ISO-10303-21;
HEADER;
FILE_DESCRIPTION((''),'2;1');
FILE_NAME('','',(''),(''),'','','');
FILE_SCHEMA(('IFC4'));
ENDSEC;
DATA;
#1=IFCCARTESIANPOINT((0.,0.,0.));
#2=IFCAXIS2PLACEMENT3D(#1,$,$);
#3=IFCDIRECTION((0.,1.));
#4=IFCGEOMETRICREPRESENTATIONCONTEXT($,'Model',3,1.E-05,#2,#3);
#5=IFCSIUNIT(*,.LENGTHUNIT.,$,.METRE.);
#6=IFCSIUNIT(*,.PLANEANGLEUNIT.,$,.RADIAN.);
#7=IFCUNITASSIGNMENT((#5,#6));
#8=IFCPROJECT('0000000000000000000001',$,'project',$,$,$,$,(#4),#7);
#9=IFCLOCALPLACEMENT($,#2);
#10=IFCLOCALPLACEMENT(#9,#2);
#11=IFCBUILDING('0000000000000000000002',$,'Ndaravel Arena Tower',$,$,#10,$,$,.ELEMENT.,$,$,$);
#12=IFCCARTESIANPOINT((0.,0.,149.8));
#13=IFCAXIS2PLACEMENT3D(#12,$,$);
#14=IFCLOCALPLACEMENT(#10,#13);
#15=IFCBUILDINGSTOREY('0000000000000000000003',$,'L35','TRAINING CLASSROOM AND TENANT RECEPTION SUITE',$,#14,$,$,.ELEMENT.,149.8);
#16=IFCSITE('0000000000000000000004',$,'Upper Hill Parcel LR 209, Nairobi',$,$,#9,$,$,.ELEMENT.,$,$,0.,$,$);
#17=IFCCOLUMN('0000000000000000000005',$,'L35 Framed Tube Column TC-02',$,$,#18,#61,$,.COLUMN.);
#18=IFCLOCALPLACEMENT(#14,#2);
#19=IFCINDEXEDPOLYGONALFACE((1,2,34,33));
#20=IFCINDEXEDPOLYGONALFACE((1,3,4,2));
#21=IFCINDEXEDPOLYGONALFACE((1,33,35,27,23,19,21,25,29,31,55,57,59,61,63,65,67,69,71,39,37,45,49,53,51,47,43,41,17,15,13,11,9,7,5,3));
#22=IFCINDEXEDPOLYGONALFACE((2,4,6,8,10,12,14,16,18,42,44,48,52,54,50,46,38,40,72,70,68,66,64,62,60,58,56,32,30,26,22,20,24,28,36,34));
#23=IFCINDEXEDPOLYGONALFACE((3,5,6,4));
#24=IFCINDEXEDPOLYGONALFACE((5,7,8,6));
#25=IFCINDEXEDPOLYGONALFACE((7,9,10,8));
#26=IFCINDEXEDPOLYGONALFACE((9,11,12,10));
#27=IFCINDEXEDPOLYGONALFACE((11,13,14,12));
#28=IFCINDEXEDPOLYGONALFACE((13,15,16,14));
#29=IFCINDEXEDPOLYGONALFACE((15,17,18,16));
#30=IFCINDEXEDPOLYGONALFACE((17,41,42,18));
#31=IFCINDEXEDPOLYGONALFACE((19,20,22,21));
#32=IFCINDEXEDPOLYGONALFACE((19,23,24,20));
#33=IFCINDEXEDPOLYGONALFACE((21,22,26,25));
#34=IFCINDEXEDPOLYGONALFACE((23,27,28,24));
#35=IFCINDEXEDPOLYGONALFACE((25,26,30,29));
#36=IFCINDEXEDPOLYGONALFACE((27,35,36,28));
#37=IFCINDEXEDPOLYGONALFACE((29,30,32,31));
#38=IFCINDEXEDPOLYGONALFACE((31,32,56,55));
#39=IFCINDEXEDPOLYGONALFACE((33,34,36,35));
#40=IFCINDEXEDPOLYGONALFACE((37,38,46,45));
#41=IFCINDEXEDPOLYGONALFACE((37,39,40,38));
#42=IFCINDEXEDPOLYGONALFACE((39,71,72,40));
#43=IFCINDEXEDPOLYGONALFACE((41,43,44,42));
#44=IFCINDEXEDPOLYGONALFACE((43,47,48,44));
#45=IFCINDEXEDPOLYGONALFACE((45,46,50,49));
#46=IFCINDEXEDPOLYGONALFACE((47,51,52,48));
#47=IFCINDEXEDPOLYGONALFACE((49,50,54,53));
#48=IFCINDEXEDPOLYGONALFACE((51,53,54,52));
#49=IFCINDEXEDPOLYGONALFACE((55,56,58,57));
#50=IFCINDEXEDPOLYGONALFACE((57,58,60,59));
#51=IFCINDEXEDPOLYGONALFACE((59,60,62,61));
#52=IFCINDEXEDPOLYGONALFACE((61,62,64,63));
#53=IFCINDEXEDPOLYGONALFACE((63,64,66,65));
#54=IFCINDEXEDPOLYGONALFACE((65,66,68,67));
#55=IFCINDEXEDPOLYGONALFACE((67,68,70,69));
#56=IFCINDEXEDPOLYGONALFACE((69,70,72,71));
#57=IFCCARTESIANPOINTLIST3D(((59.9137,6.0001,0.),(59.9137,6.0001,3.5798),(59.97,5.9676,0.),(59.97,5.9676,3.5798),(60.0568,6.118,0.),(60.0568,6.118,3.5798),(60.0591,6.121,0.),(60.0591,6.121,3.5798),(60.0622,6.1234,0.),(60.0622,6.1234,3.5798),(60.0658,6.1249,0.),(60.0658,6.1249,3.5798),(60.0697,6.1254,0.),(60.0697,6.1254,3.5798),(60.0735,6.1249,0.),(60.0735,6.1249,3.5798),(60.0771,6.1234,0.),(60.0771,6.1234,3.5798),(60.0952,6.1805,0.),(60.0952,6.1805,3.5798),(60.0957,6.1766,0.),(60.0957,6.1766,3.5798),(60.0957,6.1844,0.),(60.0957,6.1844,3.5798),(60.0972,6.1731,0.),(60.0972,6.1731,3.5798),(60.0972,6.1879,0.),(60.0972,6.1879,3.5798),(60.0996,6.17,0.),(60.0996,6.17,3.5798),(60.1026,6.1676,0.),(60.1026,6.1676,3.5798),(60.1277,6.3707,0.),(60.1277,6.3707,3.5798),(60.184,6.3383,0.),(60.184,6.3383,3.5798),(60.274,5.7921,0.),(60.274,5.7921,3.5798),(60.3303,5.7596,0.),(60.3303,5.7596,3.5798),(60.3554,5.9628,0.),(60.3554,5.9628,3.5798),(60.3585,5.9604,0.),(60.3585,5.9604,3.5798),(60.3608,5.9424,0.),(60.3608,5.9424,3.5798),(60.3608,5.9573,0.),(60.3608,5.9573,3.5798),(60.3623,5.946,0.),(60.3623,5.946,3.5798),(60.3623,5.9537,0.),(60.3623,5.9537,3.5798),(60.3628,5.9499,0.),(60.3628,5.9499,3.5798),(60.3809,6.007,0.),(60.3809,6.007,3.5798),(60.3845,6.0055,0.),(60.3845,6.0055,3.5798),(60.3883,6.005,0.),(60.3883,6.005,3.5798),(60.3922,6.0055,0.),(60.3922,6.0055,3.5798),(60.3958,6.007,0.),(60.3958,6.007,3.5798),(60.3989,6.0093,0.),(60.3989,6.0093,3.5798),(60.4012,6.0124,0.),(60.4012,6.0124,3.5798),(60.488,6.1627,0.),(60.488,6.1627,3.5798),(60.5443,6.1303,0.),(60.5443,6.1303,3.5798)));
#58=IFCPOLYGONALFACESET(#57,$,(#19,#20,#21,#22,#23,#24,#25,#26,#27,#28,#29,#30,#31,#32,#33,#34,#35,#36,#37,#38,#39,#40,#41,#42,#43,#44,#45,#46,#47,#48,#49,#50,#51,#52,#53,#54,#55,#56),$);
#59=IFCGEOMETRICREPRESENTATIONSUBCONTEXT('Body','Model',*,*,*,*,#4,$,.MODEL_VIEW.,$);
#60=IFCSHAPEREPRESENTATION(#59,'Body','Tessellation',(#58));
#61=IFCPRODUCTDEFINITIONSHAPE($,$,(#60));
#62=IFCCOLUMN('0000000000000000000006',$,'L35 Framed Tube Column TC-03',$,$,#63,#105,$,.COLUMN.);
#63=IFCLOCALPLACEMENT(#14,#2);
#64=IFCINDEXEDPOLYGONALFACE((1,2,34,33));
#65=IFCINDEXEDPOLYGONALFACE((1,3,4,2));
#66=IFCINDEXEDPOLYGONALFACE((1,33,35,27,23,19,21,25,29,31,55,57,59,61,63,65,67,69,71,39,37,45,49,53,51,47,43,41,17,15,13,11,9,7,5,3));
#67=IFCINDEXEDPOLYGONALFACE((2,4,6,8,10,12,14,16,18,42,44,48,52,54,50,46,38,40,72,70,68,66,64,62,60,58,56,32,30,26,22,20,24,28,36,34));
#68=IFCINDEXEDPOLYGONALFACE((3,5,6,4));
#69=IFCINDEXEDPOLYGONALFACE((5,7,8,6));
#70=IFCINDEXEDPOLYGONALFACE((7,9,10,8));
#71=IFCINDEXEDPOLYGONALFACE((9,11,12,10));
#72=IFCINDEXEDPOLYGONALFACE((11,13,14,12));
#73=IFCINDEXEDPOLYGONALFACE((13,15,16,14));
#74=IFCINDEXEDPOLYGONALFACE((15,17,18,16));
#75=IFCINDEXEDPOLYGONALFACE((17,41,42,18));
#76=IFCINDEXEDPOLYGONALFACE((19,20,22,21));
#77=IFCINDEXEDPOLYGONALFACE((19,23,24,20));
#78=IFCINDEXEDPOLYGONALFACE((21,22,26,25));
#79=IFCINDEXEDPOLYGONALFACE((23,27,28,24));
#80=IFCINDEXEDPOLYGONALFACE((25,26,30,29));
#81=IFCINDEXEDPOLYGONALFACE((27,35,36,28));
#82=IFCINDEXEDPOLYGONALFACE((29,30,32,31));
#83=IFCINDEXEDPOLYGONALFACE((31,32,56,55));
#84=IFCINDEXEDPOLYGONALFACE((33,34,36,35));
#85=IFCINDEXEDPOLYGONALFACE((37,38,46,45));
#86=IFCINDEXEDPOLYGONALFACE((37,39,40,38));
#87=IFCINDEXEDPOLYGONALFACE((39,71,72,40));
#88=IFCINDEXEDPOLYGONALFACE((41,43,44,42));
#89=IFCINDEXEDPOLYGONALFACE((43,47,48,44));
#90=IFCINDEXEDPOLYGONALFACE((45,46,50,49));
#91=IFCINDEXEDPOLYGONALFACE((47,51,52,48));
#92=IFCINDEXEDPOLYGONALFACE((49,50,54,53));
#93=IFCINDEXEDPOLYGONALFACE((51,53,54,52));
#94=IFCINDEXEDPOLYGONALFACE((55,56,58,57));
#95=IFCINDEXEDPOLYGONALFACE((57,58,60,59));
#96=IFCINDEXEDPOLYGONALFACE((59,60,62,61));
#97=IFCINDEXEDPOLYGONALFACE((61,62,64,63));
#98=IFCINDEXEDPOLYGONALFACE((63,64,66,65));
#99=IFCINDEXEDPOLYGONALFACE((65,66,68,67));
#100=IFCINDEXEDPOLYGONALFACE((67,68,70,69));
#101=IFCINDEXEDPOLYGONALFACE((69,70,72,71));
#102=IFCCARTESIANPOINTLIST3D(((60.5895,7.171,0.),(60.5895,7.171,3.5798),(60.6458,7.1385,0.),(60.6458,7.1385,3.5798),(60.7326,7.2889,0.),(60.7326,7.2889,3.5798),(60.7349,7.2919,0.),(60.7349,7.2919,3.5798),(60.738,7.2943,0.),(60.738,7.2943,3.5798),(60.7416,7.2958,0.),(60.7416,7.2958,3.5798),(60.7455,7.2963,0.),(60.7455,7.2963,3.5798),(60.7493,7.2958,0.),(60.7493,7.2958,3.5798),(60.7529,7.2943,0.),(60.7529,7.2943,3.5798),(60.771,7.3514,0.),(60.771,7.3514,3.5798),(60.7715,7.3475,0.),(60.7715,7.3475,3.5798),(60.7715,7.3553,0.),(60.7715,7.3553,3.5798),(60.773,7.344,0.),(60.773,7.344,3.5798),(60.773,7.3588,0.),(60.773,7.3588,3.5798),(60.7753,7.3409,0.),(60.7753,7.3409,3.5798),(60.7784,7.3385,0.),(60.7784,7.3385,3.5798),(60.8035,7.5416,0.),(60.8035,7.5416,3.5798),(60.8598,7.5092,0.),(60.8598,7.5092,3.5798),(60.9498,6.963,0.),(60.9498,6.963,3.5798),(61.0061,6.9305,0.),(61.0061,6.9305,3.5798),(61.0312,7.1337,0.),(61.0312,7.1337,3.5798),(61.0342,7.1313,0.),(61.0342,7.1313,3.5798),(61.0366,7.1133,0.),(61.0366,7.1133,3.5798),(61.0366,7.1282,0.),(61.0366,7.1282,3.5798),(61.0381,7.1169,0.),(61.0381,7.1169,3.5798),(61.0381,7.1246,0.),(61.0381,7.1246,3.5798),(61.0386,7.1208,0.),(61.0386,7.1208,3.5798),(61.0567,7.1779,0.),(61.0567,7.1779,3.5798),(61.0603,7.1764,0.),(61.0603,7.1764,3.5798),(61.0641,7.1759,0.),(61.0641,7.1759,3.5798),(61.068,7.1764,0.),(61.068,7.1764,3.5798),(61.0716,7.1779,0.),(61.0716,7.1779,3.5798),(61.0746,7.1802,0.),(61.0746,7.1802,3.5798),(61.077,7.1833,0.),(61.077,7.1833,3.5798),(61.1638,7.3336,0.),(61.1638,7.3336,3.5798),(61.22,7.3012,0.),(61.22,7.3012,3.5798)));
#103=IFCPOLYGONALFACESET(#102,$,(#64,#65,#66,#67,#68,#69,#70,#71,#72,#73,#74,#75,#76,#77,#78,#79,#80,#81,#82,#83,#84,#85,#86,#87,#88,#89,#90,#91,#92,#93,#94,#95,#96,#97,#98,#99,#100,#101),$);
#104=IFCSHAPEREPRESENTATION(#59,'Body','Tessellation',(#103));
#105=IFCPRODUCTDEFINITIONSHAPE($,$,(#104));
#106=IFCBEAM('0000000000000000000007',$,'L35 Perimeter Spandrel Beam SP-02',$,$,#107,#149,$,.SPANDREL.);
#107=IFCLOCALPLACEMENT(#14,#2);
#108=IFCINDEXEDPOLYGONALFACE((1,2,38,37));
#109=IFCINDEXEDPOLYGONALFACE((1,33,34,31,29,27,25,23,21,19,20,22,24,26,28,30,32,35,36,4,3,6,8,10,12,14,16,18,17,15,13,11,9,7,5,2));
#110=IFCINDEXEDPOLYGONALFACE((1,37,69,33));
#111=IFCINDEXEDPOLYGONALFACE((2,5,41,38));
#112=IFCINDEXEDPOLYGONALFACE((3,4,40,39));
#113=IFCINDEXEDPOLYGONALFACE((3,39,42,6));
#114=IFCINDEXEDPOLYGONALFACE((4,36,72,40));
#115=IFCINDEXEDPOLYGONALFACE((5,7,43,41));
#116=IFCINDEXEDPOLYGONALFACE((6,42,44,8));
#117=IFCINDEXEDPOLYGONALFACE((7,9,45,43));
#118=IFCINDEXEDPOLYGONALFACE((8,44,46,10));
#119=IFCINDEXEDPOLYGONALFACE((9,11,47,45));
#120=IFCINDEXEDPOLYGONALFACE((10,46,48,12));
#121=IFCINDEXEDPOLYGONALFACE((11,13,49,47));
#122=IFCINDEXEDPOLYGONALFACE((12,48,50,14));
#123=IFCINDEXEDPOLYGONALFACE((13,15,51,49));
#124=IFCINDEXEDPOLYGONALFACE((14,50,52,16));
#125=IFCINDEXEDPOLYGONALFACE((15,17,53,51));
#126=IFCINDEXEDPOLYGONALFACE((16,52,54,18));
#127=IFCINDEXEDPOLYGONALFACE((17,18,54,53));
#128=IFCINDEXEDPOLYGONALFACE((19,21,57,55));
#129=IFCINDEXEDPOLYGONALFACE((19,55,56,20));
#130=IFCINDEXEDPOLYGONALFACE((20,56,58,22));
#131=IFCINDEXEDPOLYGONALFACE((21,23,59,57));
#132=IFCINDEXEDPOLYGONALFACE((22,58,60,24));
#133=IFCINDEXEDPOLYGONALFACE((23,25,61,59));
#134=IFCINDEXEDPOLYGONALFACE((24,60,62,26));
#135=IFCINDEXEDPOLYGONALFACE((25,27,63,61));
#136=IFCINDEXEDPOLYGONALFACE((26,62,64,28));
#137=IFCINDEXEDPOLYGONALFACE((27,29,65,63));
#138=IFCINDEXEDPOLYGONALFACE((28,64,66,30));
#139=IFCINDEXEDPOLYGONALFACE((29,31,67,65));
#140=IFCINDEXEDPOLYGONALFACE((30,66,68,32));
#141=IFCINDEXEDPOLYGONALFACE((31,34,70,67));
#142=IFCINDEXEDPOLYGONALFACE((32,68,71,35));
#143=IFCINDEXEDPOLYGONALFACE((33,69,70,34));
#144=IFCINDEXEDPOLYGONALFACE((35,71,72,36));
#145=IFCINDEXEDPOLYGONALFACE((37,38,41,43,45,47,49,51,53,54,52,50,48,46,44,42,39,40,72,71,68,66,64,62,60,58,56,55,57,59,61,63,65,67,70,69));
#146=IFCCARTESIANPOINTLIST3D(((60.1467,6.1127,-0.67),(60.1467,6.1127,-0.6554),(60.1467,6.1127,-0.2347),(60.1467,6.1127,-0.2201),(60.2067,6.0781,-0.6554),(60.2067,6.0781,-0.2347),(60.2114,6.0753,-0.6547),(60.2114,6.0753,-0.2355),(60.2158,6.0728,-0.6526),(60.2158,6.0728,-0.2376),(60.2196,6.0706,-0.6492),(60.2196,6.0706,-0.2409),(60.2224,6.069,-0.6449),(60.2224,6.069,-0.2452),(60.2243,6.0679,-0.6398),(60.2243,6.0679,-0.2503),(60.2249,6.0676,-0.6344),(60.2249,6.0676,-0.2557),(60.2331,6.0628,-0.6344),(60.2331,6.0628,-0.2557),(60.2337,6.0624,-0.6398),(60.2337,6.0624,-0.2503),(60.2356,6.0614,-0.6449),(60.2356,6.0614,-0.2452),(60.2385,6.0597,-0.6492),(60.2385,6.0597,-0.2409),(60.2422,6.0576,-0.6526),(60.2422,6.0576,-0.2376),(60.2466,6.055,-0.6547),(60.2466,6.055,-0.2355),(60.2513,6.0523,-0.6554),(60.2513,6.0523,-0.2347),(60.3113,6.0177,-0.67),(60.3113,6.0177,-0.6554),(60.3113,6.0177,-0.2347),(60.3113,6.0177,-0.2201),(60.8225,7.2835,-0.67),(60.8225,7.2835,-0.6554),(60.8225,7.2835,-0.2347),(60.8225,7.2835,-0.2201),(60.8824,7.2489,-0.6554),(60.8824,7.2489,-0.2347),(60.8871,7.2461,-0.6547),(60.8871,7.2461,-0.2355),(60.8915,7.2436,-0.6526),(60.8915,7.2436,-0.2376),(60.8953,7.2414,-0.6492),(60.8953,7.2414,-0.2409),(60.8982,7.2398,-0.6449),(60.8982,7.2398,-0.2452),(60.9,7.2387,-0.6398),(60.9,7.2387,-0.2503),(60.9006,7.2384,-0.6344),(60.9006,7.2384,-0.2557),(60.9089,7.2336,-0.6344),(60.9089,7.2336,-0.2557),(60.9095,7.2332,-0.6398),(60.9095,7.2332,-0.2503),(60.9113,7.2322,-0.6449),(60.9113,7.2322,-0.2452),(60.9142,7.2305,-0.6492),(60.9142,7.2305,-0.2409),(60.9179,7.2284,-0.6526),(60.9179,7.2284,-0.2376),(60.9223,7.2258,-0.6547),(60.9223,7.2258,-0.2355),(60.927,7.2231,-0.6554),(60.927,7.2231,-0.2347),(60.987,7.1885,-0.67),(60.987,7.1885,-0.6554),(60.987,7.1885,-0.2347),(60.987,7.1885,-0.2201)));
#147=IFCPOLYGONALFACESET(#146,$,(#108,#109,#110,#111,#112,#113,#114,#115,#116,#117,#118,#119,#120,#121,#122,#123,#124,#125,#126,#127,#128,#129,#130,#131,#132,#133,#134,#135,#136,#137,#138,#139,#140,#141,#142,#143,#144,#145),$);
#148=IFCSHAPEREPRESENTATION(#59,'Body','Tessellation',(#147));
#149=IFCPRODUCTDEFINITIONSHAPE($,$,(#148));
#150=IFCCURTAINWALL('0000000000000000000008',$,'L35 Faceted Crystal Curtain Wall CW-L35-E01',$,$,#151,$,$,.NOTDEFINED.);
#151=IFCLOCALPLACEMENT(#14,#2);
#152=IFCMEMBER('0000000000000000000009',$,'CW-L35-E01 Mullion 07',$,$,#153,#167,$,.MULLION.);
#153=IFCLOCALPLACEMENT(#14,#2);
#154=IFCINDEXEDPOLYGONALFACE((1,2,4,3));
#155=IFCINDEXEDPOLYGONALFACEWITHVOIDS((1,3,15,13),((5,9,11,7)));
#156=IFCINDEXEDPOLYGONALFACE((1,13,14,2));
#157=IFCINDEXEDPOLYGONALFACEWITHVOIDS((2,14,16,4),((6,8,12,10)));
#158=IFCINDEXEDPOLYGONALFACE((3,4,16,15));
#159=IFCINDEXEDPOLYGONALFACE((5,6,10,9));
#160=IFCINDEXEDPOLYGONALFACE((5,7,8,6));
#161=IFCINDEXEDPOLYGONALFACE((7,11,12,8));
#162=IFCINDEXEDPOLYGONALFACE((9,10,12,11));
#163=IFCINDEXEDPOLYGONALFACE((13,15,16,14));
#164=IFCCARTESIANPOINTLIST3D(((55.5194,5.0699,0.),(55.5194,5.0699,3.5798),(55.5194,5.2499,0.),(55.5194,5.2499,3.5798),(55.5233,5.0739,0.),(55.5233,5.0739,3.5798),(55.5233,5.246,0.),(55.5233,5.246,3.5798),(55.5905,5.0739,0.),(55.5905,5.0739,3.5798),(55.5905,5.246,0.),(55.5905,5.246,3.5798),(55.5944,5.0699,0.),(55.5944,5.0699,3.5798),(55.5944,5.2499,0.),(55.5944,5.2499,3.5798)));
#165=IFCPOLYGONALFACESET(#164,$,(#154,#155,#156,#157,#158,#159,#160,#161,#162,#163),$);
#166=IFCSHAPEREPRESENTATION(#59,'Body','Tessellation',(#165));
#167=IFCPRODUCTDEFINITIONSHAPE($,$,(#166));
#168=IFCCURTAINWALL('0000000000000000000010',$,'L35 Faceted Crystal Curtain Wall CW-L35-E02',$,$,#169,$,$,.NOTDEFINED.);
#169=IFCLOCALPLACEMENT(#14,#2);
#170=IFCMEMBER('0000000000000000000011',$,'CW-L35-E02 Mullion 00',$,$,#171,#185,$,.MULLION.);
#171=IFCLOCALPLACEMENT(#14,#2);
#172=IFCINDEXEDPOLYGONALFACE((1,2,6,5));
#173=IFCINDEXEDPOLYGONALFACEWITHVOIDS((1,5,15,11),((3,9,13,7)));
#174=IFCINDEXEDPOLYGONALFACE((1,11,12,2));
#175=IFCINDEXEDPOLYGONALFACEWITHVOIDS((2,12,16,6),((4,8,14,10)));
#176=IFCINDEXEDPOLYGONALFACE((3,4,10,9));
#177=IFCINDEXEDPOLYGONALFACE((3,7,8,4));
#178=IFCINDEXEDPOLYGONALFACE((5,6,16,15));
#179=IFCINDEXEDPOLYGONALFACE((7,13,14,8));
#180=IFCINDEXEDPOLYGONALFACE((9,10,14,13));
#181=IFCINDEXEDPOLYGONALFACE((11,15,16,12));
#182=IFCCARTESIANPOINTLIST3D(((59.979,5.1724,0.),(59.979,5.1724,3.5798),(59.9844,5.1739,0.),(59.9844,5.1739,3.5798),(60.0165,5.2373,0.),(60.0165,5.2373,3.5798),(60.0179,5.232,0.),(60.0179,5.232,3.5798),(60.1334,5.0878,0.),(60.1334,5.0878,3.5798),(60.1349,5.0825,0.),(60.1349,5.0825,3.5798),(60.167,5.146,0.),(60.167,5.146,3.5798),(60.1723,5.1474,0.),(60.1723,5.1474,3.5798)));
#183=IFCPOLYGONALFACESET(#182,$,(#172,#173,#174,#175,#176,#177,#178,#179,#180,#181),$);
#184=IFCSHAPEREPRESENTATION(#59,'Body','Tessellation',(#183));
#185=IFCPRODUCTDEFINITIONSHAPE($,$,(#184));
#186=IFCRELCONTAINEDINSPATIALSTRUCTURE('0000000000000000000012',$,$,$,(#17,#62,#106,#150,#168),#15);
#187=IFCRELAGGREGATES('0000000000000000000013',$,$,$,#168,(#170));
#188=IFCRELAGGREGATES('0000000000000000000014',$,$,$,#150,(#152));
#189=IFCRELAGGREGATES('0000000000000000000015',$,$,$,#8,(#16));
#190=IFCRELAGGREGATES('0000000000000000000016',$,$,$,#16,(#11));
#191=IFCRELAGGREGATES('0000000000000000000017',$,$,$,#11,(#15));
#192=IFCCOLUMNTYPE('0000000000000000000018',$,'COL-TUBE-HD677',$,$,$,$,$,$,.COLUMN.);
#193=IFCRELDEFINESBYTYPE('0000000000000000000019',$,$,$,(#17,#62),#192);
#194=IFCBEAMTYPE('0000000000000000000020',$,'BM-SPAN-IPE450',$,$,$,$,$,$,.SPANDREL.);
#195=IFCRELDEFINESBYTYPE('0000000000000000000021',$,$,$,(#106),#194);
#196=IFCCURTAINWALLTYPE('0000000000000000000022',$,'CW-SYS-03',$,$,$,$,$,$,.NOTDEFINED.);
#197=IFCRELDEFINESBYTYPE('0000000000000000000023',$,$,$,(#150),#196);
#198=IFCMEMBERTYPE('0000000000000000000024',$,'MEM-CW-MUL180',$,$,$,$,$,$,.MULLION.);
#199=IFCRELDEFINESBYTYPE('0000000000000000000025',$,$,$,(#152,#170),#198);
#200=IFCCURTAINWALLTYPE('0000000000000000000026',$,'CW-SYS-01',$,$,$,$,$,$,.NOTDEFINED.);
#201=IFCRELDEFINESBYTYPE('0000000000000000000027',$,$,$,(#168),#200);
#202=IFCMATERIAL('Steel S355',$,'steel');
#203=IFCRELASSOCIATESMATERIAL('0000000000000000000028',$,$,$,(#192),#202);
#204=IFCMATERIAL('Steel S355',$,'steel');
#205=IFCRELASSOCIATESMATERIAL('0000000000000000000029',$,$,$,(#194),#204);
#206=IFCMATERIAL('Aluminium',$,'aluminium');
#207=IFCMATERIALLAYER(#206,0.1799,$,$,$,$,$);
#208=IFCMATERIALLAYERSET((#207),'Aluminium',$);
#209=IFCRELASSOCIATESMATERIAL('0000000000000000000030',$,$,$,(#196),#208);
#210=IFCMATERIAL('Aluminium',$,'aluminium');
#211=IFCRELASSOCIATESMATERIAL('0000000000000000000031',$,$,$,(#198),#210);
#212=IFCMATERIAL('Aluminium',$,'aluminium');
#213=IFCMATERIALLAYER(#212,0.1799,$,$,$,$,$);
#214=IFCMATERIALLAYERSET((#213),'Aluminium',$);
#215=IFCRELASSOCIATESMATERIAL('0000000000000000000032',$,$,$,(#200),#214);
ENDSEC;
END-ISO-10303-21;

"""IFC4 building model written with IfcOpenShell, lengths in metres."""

from ifc_helpers import new_model, si_unit, direction, frame, origin, origin_2d, place, context, subcontext, project, spatial, hollow_rectangle, i_section, extrude, material, layer, layer_set, material_profile, profile_set, type_object, element, aggregate, save


model = new_model("IFC4")

# Units and contexts
model_context = context("Model", 3, precision=1e-05, world=origin(), true_north=direction((0.0, 1.0)))
body_context = subcontext(model_context, "Body", "Model", "MODEL_VIEW")
ifc_project = project(units=[si_unit("LENGTHUNIT", "METRE"), si_unit("PLANEANGLEUNIT", "RADIAN")], contexts=[model_context])

# Site, building, storey
site_placement = place(None, origin())
site = spatial("IfcSite", under=ifc_project, at=site_placement, Name="Upper Hill Parcel LR 209, Nairobi", CompositionType="ELEMENT", RefElevation=0.0)
building_placement = place(site_placement, origin())
building = spatial("IfcBuilding", under=site, at=building_placement, Name="Ndaravel Arena Tower", CompositionType="ELEMENT")
storey_placement = place(building_placement, frame((0.0, 0.0, 149.8)))
storey = spatial("IfcBuildingStorey", under=building, at=storey_placement, Name="L35", Description="TRAINING CLASSROOM AND TENANT RECEPTION SUITE", CompositionType="ELEMENT", Elevation=149.8)

# Columns
ifc_material_1 = material(Name="Steel S355", Category="steel")
ifc_material_profile_1 = material_profile(ifc_material_1, i_section(OverallWidth=0.428, OverallDepth=0.481, WebThickness=0.051, FlangeThickness=0.0649, FilletRadius=0.0149, at=origin_2d()), Name="HD 400x677")
ifc_profile_set_1 = profile_set([ifc_material_profile_1], Name="Steel S355")
column_type = type_object("IfcColumnType", Name="COL-TUBE-HD677", PredefinedType="COLUMN", material=ifc_profile_set_1)
for number, where, z_axis, x_axis, name in (
    (1, (60.229, 6.0652, 0.0), (0.0, 0.0, 1.0), (0.5, 0.866025, 0.0), "L35 Framed Tube Column TC-02"),
    (2, (60.9048, 7.2361, 0.0), (0.0, 0.0, 1.0), (0.5, 0.866025, 0.0), "L35 Framed Tube Column TC-03"),
):
    element("IfcColumn", number, at=place(storey_placement, frame(where, z_axis=z_axis, x_axis=x_axis)), inside=storey, type_object=column_type, Name=name, PredefinedType="COLUMN", context=body_context, shape_type="SweptSolid", body=[
        extrude(i_section(OverallWidth=0.428, OverallDepth=0.481, WebThickness=0.051, FlangeThickness=0.0649, FilletRadius=0.0149, at=origin_2d()), origin(), (0.0, 0.0, 1.0), 3.5798),
    ])

# Beam
ifc_material_2 = material(Name="Steel S355", Category="steel")
ifc_material_profile_2 = material_profile(ifc_material_2, i_section(OverallWidth=0.1899, OverallDepth=0.45, WebThickness=0.0095, FlangeThickness=0.0146, FilletRadius=0.021, at=origin_2d()), Name="IPE 450")
ifc_profile_set_2 = profile_set([ifc_material_profile_2], Name="Steel S355")
beam_type = type_object("IfcBeamType", Name="BM-SPAN-IPE450", PredefinedType="SPANDREL", material=ifc_profile_set_2)
beam_placement = place(storey_placement, frame((60.229, 6.0652, -0.4451), z_axis=(0.499868, 0.866101, 0.0), x_axis=(-0.866101, 0.499868, 0.0)))
element("IfcBeam", 3, at=beam_placement, inside=storey, type_object=beam_type, Name="L35 Perimeter Spandrel Beam SP-02", PredefinedType="SPANDREL", context=body_context, shape_type="SweptSolid", body=[
    extrude(i_section(OverallWidth=0.1899, OverallDepth=0.45, WebThickness=0.0095, FlangeThickness=0.0146, FilletRadius=0.021, at=origin_2d()), origin(), (0.0, 0.0, 1.0), 1.3518),
])

# Curtain wall, member
ifc_material_3 = material(Name="Aluminium", Category="aluminium")
ifc_layer_1 = layer(ifc_material_3, 0.1799)
ifc_layer_set_1 = layer_set([ifc_layer_1], Name="Aluminium")
curtain_wall_type_1 = type_object("IfcCurtainWallType", Name="CW-SYS-03", PredefinedType="NOTDEFINED", material=ifc_layer_set_1)
curtain_wall_1_placement = place(storey_placement, origin())
curtain_wall_1 = element("IfcCurtainWall", 4, at=curtain_wall_1_placement, inside=storey, type_object=curtain_wall_type_1, Name="L35 Faceted Crystal Curtain Wall CW-L35-E01", PredefinedType="NOTDEFINED")
ifc_material_4 = material(Name="Aluminium", Category="aluminium")
ifc_material_profile_3 = material_profile(ifc_material_4, hollow_rectangle(XDim=0.075, YDim=0.1799, WallThickness=0.0039, at=origin_2d()), Name="CW MULLION 75x180x4")
ifc_profile_set_3 = profile_set([ifc_material_profile_3], Name="Aluminium")
member_type_1 = type_object("IfcMemberType", Name="MEM-CW-MUL180", PredefinedType="MULLION", material=ifc_profile_set_3)
member_1_placement = place(storey_placement, frame((55.5569, 5.1599, 0.0), z_axis=(0.0, 0.0, 1.0), x_axis=(1.0, 0.0, 0.0)))
member_1 = element("IfcMember", 5, at=member_1_placement, type_object=member_type_1, Name="CW-L35-E01 Mullion 07", PredefinedType="MULLION", context=body_context, shape_type="SweptSolid", body=[
    extrude(hollow_rectangle(XDim=0.075, YDim=0.1799, WallThickness=0.0039, at=origin_2d()), origin(), (0.0, 0.0, 1.0), 3.5798),
])

# Curtain wall, member
ifc_material_5 = material(Name="Aluminium", Category="aluminium")
ifc_layer_2 = layer(ifc_material_5, 0.1799)
ifc_layer_set_2 = layer_set([ifc_layer_2], Name="Aluminium")
curtain_wall_type_2 = type_object("IfcCurtainWallType", Name="CW-SYS-01", PredefinedType="NOTDEFINED", material=ifc_layer_set_2)
curtain_wall_2_placement = place(storey_placement, origin())
curtain_wall_2 = element("IfcCurtainWall", 6, at=curtain_wall_2_placement, inside=storey, type_object=curtain_wall_type_2, Name="L35 Faceted Crystal Curtain Wall CW-L35-E02", PredefinedType="NOTDEFINED")
member_2_placement = place(storey_placement, frame((60.0757, 5.1599, 0.0), z_axis=(0.0, 0.0, 1.0), x_axis=(0.5, 0.866025, 0.0)))
member_2 = element("IfcMember", 7, at=member_2_placement, type_object=member_type_1, Name="CW-L35-E02 Mullion 00", PredefinedType="MULLION", context=body_context, shape_type="SweptSolid", body=[
    extrude(hollow_rectangle(XDim=0.075, YDim=0.1799, WallThickness=0.0039, at=origin_2d()), origin(), (0.0, 0.0, 1.0), 3.5798),
])
aggregate(curtain_wall_2, [member_2])

aggregate(curtain_wall_1, [member_1])

save(model, "model.ifc")
